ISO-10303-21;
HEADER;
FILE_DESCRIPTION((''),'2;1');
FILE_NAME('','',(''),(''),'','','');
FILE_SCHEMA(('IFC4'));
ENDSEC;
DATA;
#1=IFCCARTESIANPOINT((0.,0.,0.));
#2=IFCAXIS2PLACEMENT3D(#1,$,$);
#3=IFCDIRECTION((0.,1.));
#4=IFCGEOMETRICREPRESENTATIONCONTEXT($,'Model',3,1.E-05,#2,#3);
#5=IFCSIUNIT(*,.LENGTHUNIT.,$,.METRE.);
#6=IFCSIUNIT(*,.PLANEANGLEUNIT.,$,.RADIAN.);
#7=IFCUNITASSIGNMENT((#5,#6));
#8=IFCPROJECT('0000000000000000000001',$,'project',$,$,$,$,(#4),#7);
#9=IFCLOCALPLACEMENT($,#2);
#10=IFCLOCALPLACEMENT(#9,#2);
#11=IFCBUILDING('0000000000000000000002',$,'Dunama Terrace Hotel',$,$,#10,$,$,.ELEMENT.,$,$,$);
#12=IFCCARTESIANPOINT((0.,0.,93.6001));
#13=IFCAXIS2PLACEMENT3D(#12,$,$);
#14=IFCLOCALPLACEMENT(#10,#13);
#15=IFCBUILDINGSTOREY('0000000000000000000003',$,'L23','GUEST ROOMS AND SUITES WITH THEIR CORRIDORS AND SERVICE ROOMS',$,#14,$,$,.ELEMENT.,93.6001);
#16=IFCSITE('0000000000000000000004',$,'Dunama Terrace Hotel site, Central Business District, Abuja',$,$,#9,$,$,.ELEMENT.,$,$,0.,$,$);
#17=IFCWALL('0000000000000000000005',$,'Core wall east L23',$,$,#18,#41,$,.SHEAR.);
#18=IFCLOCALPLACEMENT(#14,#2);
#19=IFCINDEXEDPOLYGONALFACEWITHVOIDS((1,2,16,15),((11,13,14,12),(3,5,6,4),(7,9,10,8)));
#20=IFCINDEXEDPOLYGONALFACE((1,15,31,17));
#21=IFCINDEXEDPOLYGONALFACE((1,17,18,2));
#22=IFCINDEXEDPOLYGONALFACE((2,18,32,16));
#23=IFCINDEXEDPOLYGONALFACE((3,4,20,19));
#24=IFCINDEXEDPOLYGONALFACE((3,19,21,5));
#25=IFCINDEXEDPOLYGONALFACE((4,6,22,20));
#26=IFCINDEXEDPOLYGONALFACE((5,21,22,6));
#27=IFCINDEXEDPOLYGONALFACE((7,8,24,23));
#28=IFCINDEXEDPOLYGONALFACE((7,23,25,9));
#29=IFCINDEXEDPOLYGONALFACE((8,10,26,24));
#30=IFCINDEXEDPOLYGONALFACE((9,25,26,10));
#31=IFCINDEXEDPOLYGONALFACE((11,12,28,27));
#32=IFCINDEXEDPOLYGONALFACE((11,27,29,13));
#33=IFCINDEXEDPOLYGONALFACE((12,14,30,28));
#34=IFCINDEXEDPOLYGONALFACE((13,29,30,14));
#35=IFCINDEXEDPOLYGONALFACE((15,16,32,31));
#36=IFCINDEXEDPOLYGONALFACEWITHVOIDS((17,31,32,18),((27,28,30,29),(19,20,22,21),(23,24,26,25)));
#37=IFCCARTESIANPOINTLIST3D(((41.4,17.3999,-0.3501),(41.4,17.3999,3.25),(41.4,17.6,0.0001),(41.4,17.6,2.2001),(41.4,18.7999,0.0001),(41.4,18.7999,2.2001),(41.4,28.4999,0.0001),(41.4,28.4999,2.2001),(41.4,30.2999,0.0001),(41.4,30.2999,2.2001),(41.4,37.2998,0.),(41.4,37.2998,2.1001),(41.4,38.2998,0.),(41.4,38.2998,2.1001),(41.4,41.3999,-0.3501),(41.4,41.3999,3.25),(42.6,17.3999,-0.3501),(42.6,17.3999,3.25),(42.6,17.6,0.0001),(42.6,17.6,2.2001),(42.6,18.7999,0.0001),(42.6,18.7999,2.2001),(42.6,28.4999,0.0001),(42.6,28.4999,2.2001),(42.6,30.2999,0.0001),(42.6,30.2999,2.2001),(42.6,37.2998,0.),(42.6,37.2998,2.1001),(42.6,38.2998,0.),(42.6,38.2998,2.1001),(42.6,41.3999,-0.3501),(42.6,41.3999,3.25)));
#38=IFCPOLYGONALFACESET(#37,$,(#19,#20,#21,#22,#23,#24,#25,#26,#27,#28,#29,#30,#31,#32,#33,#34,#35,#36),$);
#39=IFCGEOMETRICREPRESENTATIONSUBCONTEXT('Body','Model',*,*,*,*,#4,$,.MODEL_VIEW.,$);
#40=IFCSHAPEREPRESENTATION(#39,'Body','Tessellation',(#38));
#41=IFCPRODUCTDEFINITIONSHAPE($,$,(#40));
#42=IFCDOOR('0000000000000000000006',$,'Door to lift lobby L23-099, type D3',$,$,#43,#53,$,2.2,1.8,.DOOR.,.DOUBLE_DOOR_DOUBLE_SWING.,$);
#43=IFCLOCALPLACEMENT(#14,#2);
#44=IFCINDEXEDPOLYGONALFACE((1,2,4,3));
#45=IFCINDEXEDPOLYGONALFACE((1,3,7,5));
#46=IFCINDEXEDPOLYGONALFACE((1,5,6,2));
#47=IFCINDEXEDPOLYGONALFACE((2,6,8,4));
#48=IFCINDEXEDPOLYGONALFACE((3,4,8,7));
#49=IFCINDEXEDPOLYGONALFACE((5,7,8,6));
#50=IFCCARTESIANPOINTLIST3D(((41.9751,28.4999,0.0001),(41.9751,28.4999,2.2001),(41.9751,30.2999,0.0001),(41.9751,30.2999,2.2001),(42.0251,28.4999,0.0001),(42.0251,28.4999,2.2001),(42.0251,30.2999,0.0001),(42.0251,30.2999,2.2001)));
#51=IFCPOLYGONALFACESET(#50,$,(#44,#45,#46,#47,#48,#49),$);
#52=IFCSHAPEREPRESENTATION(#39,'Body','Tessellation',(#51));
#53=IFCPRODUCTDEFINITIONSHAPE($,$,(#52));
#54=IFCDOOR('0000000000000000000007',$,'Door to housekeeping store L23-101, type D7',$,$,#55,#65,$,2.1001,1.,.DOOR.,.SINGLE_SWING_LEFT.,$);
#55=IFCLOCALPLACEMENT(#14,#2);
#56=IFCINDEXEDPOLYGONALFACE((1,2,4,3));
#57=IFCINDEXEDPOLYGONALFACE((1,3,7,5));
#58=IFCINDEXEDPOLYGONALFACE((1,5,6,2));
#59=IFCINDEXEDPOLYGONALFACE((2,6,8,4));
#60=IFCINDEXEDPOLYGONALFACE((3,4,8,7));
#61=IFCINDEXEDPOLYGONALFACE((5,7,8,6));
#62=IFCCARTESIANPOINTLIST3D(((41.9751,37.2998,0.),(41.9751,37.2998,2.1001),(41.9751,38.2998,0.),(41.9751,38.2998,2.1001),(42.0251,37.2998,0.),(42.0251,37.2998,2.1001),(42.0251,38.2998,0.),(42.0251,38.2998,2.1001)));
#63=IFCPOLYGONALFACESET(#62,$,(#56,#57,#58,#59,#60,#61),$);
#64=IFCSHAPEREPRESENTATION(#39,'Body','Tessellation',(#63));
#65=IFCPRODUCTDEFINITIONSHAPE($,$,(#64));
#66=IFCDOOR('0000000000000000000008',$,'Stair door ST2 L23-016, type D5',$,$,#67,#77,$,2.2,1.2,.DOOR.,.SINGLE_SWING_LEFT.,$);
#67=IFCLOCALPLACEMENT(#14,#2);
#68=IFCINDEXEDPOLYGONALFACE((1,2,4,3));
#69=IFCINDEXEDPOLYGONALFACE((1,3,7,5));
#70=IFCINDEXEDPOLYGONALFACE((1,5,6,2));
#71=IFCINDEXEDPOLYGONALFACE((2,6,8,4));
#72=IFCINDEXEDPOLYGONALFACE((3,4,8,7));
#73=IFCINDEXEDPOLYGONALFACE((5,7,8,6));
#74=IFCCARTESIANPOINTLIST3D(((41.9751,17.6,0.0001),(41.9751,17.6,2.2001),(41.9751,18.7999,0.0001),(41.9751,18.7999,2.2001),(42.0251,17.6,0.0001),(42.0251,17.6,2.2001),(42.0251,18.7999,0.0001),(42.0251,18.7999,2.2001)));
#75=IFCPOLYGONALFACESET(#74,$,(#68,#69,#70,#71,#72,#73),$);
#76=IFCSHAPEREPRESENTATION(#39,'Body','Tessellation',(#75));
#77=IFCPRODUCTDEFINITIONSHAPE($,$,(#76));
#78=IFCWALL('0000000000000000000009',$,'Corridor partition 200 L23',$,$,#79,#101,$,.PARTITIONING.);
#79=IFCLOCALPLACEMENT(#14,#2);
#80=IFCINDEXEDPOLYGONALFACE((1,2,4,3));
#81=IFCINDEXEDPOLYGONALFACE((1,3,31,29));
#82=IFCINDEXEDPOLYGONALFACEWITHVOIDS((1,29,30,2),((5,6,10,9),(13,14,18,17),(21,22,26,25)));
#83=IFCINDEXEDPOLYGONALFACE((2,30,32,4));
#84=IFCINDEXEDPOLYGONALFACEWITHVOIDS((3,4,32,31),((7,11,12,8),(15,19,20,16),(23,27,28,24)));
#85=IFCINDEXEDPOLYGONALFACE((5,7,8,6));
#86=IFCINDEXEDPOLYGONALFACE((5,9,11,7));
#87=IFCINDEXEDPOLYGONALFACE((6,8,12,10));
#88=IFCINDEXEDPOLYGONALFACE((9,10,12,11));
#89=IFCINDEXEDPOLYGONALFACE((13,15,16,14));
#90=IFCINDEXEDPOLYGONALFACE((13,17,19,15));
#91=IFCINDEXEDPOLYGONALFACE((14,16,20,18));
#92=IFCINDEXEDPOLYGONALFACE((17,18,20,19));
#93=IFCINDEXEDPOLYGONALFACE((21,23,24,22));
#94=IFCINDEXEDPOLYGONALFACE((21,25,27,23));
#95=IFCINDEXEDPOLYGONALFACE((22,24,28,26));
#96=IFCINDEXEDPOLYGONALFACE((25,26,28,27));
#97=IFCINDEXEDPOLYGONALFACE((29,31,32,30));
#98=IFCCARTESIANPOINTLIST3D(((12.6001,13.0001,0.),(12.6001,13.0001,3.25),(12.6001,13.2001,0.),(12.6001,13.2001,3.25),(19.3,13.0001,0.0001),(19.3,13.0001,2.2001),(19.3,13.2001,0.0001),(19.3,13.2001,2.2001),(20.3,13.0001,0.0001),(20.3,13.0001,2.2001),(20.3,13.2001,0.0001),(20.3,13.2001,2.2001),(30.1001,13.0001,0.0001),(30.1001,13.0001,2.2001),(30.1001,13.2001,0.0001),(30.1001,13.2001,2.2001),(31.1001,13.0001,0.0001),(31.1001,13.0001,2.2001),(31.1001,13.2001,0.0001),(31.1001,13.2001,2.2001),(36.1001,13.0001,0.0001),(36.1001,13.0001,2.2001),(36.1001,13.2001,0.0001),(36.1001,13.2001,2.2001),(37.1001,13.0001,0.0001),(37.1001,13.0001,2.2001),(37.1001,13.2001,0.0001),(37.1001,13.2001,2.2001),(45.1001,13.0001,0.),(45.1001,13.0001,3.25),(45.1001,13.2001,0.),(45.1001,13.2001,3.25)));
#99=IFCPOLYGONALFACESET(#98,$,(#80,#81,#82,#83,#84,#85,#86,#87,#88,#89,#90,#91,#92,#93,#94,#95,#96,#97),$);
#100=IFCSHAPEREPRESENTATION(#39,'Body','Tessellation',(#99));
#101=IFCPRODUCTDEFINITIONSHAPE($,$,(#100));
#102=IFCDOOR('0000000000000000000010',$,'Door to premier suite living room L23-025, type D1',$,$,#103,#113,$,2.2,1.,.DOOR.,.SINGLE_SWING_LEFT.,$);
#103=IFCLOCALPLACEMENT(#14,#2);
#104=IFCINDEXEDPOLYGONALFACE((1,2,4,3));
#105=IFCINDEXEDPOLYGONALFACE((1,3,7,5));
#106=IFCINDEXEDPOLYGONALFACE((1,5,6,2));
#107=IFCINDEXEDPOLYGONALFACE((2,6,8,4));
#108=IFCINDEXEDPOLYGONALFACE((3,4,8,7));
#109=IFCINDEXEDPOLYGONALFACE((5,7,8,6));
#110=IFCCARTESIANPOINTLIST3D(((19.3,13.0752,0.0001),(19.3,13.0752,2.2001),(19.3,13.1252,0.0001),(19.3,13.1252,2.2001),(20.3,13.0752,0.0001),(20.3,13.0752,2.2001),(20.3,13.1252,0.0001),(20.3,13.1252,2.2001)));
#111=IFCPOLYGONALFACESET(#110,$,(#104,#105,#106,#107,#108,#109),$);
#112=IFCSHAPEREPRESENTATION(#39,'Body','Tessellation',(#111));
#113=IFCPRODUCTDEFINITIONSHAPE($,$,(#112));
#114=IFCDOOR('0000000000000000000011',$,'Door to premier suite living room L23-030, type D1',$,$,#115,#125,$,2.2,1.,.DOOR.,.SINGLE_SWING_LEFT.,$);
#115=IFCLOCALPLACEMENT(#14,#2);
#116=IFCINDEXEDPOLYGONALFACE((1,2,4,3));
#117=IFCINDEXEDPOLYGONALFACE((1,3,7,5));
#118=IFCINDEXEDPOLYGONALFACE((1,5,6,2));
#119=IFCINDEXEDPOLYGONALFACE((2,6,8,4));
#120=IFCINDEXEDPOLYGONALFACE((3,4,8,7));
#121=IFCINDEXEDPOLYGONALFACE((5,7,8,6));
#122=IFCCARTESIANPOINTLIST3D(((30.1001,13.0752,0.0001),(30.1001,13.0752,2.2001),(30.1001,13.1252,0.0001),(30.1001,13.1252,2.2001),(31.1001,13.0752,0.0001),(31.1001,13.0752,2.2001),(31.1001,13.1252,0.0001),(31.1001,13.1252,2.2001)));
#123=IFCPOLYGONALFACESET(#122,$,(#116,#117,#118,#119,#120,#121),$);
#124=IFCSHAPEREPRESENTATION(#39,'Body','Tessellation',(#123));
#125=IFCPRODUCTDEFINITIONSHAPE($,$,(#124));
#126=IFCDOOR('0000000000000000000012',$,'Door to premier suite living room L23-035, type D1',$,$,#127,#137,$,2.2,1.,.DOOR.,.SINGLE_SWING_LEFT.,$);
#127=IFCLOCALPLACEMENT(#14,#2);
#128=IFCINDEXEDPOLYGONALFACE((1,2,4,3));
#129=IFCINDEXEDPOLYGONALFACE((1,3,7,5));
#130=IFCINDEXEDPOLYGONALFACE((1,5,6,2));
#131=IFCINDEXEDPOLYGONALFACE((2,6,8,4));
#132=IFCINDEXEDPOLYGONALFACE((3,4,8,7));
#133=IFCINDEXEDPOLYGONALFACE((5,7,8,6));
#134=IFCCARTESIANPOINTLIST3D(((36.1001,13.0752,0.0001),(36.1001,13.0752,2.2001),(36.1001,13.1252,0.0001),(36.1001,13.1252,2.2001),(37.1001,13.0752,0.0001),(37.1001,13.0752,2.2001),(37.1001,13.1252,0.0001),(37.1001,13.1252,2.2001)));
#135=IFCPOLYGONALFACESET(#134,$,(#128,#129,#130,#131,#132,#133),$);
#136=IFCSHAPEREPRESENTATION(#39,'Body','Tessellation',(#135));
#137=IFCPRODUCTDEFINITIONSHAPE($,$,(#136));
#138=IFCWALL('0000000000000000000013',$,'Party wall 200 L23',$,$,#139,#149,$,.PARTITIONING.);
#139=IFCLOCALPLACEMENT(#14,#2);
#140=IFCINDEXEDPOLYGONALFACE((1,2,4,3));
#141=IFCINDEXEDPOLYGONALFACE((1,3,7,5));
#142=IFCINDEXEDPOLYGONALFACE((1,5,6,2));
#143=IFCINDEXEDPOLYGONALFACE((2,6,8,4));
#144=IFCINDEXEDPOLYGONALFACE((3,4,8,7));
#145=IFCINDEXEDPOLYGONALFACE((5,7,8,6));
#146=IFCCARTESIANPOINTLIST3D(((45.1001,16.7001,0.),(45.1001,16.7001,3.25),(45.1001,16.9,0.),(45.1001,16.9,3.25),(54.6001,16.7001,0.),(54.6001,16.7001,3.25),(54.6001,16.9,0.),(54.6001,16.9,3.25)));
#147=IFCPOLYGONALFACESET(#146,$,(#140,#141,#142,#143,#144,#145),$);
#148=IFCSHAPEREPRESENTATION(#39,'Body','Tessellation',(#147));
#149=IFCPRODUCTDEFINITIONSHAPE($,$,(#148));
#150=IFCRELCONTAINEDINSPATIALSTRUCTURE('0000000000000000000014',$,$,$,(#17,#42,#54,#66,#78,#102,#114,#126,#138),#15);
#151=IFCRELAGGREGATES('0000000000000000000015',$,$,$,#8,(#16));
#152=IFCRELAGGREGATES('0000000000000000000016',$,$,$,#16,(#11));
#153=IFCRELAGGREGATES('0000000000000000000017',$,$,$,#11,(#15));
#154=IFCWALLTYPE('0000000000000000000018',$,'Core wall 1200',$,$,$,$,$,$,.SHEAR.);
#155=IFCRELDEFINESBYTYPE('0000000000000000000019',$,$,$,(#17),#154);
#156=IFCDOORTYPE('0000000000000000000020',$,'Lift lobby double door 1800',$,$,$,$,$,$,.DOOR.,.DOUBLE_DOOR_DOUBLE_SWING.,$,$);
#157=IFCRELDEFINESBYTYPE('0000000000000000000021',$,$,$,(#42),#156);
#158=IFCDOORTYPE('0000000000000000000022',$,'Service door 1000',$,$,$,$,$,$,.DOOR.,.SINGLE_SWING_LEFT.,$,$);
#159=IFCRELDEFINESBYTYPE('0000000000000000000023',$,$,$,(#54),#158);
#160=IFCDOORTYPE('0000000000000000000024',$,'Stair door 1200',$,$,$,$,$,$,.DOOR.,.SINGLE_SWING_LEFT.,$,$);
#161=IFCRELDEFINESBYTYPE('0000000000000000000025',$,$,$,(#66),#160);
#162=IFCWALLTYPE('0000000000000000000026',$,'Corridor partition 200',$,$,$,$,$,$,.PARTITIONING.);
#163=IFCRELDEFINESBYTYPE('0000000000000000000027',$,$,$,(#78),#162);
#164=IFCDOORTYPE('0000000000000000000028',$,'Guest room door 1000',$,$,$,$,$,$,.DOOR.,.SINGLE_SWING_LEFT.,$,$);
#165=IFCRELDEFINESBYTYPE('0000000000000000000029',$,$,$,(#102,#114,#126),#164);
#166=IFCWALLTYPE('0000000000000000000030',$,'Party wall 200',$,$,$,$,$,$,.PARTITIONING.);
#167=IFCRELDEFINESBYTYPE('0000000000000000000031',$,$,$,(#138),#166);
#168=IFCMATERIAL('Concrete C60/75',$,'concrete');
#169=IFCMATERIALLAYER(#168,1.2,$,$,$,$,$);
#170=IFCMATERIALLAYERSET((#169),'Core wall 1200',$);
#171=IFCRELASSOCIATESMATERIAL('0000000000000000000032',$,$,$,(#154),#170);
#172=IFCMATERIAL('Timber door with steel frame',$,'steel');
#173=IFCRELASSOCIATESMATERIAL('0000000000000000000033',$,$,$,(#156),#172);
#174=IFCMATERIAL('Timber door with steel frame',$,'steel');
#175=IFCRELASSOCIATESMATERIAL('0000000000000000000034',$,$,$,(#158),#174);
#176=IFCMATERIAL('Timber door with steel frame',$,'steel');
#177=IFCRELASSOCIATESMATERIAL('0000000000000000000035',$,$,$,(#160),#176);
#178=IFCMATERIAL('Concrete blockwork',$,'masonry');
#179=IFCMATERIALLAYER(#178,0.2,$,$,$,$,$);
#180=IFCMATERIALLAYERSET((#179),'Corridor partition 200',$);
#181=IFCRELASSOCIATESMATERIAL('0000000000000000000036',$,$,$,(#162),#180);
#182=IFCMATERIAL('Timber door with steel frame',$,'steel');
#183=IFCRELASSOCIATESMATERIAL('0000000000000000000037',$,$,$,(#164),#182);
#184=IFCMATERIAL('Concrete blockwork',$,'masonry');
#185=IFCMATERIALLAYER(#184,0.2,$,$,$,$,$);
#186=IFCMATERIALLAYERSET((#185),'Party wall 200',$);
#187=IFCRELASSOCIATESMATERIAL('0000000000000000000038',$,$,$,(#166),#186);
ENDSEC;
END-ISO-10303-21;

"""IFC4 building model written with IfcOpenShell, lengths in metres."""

from ifc_helpers import new_model, si_unit, direction, frame, frame_2d, origin, place, context, subcontext, project, spatial, rectangle, extrude, material, layer, layer_set, type_object, element, fill, save


model = new_model("IFC4")

# Units and contexts
model_context = context("Model", 3, precision=1e-05, world=origin(), true_north=direction((0.0, 1.0)))
body_context = subcontext(model_context, "Body", "Model", "MODEL_VIEW")
ifc_project = project(units=[si_unit("LENGTHUNIT", "METRE"), si_unit("PLANEANGLEUNIT", "RADIAN")], contexts=[model_context])

# Site, building, storey
site_placement = place(None, origin())
site = spatial("IfcSite", under=ifc_project, at=site_placement, Name="Dunama Terrace Hotel site, Central Business District, Abuja", CompositionType="ELEMENT", RefElevation=0.0)
building_placement = place(site_placement, origin())
building = spatial("IfcBuilding", under=site, at=building_placement, Name="Dunama Terrace Hotel", CompositionType="ELEMENT")
storey_placement = place(building_placement, frame((0.0, 0.0, 93.6001)))
storey = spatial("IfcBuildingStorey", under=building, at=storey_placement, Name="L23", Description="GUEST ROOMS AND SUITES WITH THEIR CORRIDORS AND SERVICE ROOMS", CompositionType="ELEMENT", Elevation=93.6001)

# Walls, openings, doors
ifc_material_1 = material(Name="Concrete C60/75", Category="concrete")
ifc_layer_1 = layer(ifc_material_1, 1.2)
ifc_layer_set_1 = layer_set([ifc_layer_1], Name="Core wall 1200")
wall_type_1 = type_object("IfcWallType", Name="Core wall 1200", PredefinedType="SHEAR", material=ifc_layer_set_1)
wall_1_placement = place(storey_placement, frame((42.0, 17.3999, -0.3501), z_axis=(0.0, 0.0, 1.0), x_axis=(0.0, 1.0, 0.0)))
wall_1 = element("IfcWall", 1, at=wall_1_placement, inside=storey, type_object=wall_type_1, Name="Core wall east L23", PredefinedType="SHEAR", context=body_context, shape_type="SweptSolid", body=[
    extrude(rectangle(XDim=24.0, YDim=1.2, at=frame_2d((12.0, 0.0))), origin(), (0.0, 0.0, 1.0), 3.6001),
])
opening_1_placement = place(wall_1_placement, frame((0.2, 0.0, 0.3501)))
opening_1 = element("IfcOpeningElement", 2, at=opening_1_placement, cuts=wall_1, PredefinedType="OPENING", context=body_context, shape_type="SweptSolid", body=[
    extrude(rectangle(XDim=1.2, YDim=2.2, at=frame_2d((0.6001, 1.1001))), frame((0.0, 0.6099, 0.0), z_axis=(0.0, -1.0, 0.0), x_axis=(1.0, 0.0, 0.0)), (0.0, 0.0, 1.0), 1.22),
])
opening_2_placement = place(wall_1_placement, frame((11.1001, 0.0, 0.3501)))
opening_2 = element("IfcOpeningElement", 3, at=opening_2_placement, cuts=wall_1, PredefinedType="OPENING", context=body_context, shape_type="SweptSolid", body=[
    extrude(rectangle(XDim=1.8, YDim=2.2, at=frame_2d((0.8999, 1.1001))), frame((0.0, 0.6099, 0.0), z_axis=(0.0, -1.0, 0.0), x_axis=(1.0, 0.0, 0.0)), (0.0, 0.0, 1.0), 1.22),
])
opening_3_placement = place(wall_1_placement, frame((19.8999, 0.0, 0.3501)))
opening_3 = element("IfcOpeningElement", 4, at=opening_3_placement, cuts=wall_1, PredefinedType="OPENING", context=body_context, shape_type="SweptSolid", body=[
    extrude(rectangle(XDim=1.0, YDim=2.1001, at=frame_2d((0.5, 1.05))), frame((0.0, 0.6099, 0.0), z_axis=(0.0, -1.0, 0.0), x_axis=(1.0, 0.0, 0.0)), (0.0, 0.0, 1.0), 1.22),
])
ifc_material_2 = material(Name="Timber door with steel frame", Category="steel")
door_type_1 = type_object("IfcDoorType", Name="Lift lobby double door 1800", OperationType="DOUBLE_DOOR_DOUBLE_SWING", PredefinedType="DOOR", material=ifc_material_2)
door_1_placement = place(opening_2_placement, origin())
door_1 = element("IfcDoor", 5, at=door_1_placement, inside=storey, type_object=door_type_1, Name="Door to lift lobby L23-099, type D3", OperationType="DOUBLE_DOOR_DOUBLE_SWING", OverallHeight=2.2, OverallWidth=1.8, PredefinedType="DOOR", context=body_context, shape_type="SweptSolid", body=[
    extrude(rectangle(XDim=1.8, YDim=2.2, at=frame_2d((0.8999, 1.1001))), frame((0.0, 0.0249, 0.0), z_axis=(0.0, -1.0, 0.0), x_axis=(1.0, 0.0, 0.0)), (0.0, 0.0, 1.0), 0.05),
])
fill(opening_2, door_1)
ifc_material_3 = material(Name="Timber door with steel frame", Category="steel")
door_type_2 = type_object("IfcDoorType", Name="Service door 1000", OperationType="SINGLE_SWING_LEFT", PredefinedType="DOOR", material=ifc_material_3)
door_2_placement = place(opening_3_placement, origin())
door_2 = element("IfcDoor", 6, at=door_2_placement, inside=storey, type_object=door_type_2, Name="Door to housekeeping store L23-101, type D7", OperationType="SINGLE_SWING_LEFT", OverallHeight=2.1001, OverallWidth=1.0, PredefinedType="DOOR", context=body_context, shape_type="SweptSolid", body=[
    extrude(rectangle(XDim=1.0, YDim=2.1001, at=frame_2d((0.5, 1.05))), frame((0.0, 0.0249, 0.0), z_axis=(0.0, -1.0, 0.0), x_axis=(1.0, 0.0, 0.0)), (0.0, 0.0, 1.0), 0.05),
])
fill(opening_3, door_2)
ifc_material_4 = material(Name="Timber door with steel frame", Category="steel")
door_type_3 = type_object("IfcDoorType", Name="Stair door 1200", OperationType="SINGLE_SWING_LEFT", PredefinedType="DOOR", material=ifc_material_4)
door_3_placement = place(opening_1_placement, origin())
door_3 = element("IfcDoor", 7, at=door_3_placement, inside=storey, type_object=door_type_3, Name="Stair door ST2 L23-016, type D5", OperationType="SINGLE_SWING_LEFT", OverallHeight=2.2, OverallWidth=1.2, PredefinedType="DOOR", context=body_context, shape_type="SweptSolid", body=[
    extrude(rectangle(XDim=1.2, YDim=2.2, at=frame_2d((0.6001, 1.1001))), frame((0.0, 0.0249, 0.0), z_axis=(0.0, -1.0, 0.0), x_axis=(1.0, 0.0, 0.0)), (0.0, 0.0, 1.0), 0.05),
])
fill(opening_1, door_3)
ifc_material_5 = material(Name="Concrete blockwork", Category="masonry")
ifc_layer_2 = layer(ifc_material_5, 0.2)
ifc_layer_set_2 = layer_set([ifc_layer_2], Name="Corridor partition 200")
wall_type_2 = type_object("IfcWallType", Name="Corridor partition 200", PredefinedType="PARTITIONING", material=ifc_layer_set_2)
wall_2_placement = place(storey_placement, frame((45.1001, 13.1001, 0.0), z_axis=(0.0, 0.0, 1.0), x_axis=(-1.0, 0.0, 0.0)))
wall_2 = element("IfcWall", 8, at=wall_2_placement, inside=storey, type_object=wall_type_2, Name="Corridor partition 200 L23", PredefinedType="PARTITIONING", context=body_context, shape_type="SweptSolid", body=[
    extrude(rectangle(XDim=32.5, YDim=0.2, at=frame_2d((16.25, 0.0))), origin(), (0.0, 0.0, 1.0), 3.25),
])
opening_4_placement = place(wall_2_placement, frame((24.8, 0.0, 0.0)))
opening_4 = element("IfcOpeningElement", 9, at=opening_4_placement, cuts=wall_2, PredefinedType="OPENING", context=body_context, shape_type="SweptSolid", body=[
    extrude(rectangle(XDim=1.0, YDim=2.2, at=frame_2d((0.5, 1.1001))), frame((0.0, 0.1099, 0.0), z_axis=(0.0, -1.0, 0.0), x_axis=(1.0, 0.0, 0.0)), (0.0, 0.0, 1.0), 0.22),
])
opening_5_placement = place(wall_2_placement, frame((14.0, 0.0, 0.0)))
opening_5 = element("IfcOpeningElement", 10, at=opening_5_placement, cuts=wall_2, PredefinedType="OPENING", context=body_context, shape_type="SweptSolid", body=[
    extrude(rectangle(XDim=1.0, YDim=2.2, at=frame_2d((0.5, 1.1001))), frame((0.0, 0.1099, 0.0), z_axis=(0.0, -1.0, 0.0), x_axis=(1.0, 0.0, 0.0)), (0.0, 0.0, 1.0), 0.22),
])
opening_6_placement = place(wall_2_placement, frame((8.0, 0.0, 0.0)))
opening_6 = element("IfcOpeningElement", 11, at=opening_6_placement, cuts=wall_2, PredefinedType="OPENING", context=body_context, shape_type="SweptSolid", body=[
    extrude(rectangle(XDim=1.0, YDim=2.2, at=frame_2d((0.5, 1.1001))), frame((0.0, 0.1099, 0.0), z_axis=(0.0, -1.0, 0.0), x_axis=(1.0, 0.0, 0.0)), (0.0, 0.0, 1.0), 0.22),
])
ifc_material_6 = material(Name="Timber door with steel frame", Category="steel")
door_type_4 = type_object("IfcDoorType", Name="Guest room door 1000", OperationType="SINGLE_SWING_LEFT", PredefinedType="DOOR", material=ifc_material_6)
door_4_placement = place(opening_4_placement, origin())
door_4 = element("IfcDoor", 12, at=door_4_placement, inside=storey, type_object=door_type_4, Name="Door to premier suite living room L23-025, type D1", OperationType="SINGLE_SWING_LEFT", OverallHeight=2.2, OverallWidth=1.0, PredefinedType="DOOR", context=body_context, shape_type="SweptSolid", body=[
    extrude(rectangle(XDim=1.0, YDim=2.2, at=frame_2d((0.5, 1.1001))), frame((0.0, 0.0249, 0.0), z_axis=(0.0, -1.0, 0.0), x_axis=(1.0, 0.0, 0.0)), (0.0, 0.0, 1.0), 0.05),
])
fill(opening_4, door_4)
door_5_placement = place(opening_5_placement, origin())
door_5 = element("IfcDoor", 13, at=door_5_placement, inside=storey, type_object=door_type_4, Name="Door to premier suite living room L23-030, type D1", OperationType="SINGLE_SWING_LEFT", OverallHeight=2.2, OverallWidth=1.0, PredefinedType="DOOR", context=body_context, shape_type="SweptSolid", body=[
    extrude(rectangle(XDim=1.0, YDim=2.2, at=frame_2d((0.5, 1.1001))), frame((0.0, 0.0249, 0.0), z_axis=(0.0, -1.0, 0.0), x_axis=(1.0, 0.0, 0.0)), (0.0, 0.0, 1.0), 0.05),
])
fill(opening_5, door_5)
door_6_placement = place(opening_6_placement, origin())
door_6 = element("IfcDoor", 14, at=door_6_placement, inside=storey, type_object=door_type_4, Name="Door to premier suite living room L23-035, type D1", OperationType="SINGLE_SWING_LEFT", OverallHeight=2.2, OverallWidth=1.0, PredefinedType="DOOR", context=body_context, shape_type="SweptSolid", body=[
    extrude(rectangle(XDim=1.0, YDim=2.2, at=frame_2d((0.5, 1.1001))), frame((0.0, 0.0249, 0.0), z_axis=(0.0, -1.0, 0.0), x_axis=(1.0, 0.0, 0.0)), (0.0, 0.0, 1.0), 0.05),
])
fill(opening_6, door_6)

# Wall
ifc_material_7 = material(Name="Concrete blockwork", Category="masonry")
ifc_layer_3 = layer(ifc_material_7, 0.2)
ifc_layer_set_3 = layer_set([ifc_layer_3], Name="Party wall 200")
wall_type_3 = type_object("IfcWallType", Name="Party wall 200", PredefinedType="PARTITIONING", material=ifc_layer_set_3)
wall_3_placement = place(storey_placement, frame((45.1001, 16.8, 0.0), z_axis=(0.0, 0.0, 1.0), x_axis=(1.0, 0.0, 0.0)))
element("IfcWall", 15, at=wall_3_placement, inside=storey, type_object=wall_type_3, Name="Party wall 200 L23", PredefinedType="PARTITIONING", context=body_context, shape_type="SweptSolid", body=[
    extrude(rectangle(XDim=9.5, YDim=0.2, at=frame_2d((4.75, 0.0))), origin(), (0.0, 0.0, 1.0), 3.25),
])

save(model, "model.ifc")
